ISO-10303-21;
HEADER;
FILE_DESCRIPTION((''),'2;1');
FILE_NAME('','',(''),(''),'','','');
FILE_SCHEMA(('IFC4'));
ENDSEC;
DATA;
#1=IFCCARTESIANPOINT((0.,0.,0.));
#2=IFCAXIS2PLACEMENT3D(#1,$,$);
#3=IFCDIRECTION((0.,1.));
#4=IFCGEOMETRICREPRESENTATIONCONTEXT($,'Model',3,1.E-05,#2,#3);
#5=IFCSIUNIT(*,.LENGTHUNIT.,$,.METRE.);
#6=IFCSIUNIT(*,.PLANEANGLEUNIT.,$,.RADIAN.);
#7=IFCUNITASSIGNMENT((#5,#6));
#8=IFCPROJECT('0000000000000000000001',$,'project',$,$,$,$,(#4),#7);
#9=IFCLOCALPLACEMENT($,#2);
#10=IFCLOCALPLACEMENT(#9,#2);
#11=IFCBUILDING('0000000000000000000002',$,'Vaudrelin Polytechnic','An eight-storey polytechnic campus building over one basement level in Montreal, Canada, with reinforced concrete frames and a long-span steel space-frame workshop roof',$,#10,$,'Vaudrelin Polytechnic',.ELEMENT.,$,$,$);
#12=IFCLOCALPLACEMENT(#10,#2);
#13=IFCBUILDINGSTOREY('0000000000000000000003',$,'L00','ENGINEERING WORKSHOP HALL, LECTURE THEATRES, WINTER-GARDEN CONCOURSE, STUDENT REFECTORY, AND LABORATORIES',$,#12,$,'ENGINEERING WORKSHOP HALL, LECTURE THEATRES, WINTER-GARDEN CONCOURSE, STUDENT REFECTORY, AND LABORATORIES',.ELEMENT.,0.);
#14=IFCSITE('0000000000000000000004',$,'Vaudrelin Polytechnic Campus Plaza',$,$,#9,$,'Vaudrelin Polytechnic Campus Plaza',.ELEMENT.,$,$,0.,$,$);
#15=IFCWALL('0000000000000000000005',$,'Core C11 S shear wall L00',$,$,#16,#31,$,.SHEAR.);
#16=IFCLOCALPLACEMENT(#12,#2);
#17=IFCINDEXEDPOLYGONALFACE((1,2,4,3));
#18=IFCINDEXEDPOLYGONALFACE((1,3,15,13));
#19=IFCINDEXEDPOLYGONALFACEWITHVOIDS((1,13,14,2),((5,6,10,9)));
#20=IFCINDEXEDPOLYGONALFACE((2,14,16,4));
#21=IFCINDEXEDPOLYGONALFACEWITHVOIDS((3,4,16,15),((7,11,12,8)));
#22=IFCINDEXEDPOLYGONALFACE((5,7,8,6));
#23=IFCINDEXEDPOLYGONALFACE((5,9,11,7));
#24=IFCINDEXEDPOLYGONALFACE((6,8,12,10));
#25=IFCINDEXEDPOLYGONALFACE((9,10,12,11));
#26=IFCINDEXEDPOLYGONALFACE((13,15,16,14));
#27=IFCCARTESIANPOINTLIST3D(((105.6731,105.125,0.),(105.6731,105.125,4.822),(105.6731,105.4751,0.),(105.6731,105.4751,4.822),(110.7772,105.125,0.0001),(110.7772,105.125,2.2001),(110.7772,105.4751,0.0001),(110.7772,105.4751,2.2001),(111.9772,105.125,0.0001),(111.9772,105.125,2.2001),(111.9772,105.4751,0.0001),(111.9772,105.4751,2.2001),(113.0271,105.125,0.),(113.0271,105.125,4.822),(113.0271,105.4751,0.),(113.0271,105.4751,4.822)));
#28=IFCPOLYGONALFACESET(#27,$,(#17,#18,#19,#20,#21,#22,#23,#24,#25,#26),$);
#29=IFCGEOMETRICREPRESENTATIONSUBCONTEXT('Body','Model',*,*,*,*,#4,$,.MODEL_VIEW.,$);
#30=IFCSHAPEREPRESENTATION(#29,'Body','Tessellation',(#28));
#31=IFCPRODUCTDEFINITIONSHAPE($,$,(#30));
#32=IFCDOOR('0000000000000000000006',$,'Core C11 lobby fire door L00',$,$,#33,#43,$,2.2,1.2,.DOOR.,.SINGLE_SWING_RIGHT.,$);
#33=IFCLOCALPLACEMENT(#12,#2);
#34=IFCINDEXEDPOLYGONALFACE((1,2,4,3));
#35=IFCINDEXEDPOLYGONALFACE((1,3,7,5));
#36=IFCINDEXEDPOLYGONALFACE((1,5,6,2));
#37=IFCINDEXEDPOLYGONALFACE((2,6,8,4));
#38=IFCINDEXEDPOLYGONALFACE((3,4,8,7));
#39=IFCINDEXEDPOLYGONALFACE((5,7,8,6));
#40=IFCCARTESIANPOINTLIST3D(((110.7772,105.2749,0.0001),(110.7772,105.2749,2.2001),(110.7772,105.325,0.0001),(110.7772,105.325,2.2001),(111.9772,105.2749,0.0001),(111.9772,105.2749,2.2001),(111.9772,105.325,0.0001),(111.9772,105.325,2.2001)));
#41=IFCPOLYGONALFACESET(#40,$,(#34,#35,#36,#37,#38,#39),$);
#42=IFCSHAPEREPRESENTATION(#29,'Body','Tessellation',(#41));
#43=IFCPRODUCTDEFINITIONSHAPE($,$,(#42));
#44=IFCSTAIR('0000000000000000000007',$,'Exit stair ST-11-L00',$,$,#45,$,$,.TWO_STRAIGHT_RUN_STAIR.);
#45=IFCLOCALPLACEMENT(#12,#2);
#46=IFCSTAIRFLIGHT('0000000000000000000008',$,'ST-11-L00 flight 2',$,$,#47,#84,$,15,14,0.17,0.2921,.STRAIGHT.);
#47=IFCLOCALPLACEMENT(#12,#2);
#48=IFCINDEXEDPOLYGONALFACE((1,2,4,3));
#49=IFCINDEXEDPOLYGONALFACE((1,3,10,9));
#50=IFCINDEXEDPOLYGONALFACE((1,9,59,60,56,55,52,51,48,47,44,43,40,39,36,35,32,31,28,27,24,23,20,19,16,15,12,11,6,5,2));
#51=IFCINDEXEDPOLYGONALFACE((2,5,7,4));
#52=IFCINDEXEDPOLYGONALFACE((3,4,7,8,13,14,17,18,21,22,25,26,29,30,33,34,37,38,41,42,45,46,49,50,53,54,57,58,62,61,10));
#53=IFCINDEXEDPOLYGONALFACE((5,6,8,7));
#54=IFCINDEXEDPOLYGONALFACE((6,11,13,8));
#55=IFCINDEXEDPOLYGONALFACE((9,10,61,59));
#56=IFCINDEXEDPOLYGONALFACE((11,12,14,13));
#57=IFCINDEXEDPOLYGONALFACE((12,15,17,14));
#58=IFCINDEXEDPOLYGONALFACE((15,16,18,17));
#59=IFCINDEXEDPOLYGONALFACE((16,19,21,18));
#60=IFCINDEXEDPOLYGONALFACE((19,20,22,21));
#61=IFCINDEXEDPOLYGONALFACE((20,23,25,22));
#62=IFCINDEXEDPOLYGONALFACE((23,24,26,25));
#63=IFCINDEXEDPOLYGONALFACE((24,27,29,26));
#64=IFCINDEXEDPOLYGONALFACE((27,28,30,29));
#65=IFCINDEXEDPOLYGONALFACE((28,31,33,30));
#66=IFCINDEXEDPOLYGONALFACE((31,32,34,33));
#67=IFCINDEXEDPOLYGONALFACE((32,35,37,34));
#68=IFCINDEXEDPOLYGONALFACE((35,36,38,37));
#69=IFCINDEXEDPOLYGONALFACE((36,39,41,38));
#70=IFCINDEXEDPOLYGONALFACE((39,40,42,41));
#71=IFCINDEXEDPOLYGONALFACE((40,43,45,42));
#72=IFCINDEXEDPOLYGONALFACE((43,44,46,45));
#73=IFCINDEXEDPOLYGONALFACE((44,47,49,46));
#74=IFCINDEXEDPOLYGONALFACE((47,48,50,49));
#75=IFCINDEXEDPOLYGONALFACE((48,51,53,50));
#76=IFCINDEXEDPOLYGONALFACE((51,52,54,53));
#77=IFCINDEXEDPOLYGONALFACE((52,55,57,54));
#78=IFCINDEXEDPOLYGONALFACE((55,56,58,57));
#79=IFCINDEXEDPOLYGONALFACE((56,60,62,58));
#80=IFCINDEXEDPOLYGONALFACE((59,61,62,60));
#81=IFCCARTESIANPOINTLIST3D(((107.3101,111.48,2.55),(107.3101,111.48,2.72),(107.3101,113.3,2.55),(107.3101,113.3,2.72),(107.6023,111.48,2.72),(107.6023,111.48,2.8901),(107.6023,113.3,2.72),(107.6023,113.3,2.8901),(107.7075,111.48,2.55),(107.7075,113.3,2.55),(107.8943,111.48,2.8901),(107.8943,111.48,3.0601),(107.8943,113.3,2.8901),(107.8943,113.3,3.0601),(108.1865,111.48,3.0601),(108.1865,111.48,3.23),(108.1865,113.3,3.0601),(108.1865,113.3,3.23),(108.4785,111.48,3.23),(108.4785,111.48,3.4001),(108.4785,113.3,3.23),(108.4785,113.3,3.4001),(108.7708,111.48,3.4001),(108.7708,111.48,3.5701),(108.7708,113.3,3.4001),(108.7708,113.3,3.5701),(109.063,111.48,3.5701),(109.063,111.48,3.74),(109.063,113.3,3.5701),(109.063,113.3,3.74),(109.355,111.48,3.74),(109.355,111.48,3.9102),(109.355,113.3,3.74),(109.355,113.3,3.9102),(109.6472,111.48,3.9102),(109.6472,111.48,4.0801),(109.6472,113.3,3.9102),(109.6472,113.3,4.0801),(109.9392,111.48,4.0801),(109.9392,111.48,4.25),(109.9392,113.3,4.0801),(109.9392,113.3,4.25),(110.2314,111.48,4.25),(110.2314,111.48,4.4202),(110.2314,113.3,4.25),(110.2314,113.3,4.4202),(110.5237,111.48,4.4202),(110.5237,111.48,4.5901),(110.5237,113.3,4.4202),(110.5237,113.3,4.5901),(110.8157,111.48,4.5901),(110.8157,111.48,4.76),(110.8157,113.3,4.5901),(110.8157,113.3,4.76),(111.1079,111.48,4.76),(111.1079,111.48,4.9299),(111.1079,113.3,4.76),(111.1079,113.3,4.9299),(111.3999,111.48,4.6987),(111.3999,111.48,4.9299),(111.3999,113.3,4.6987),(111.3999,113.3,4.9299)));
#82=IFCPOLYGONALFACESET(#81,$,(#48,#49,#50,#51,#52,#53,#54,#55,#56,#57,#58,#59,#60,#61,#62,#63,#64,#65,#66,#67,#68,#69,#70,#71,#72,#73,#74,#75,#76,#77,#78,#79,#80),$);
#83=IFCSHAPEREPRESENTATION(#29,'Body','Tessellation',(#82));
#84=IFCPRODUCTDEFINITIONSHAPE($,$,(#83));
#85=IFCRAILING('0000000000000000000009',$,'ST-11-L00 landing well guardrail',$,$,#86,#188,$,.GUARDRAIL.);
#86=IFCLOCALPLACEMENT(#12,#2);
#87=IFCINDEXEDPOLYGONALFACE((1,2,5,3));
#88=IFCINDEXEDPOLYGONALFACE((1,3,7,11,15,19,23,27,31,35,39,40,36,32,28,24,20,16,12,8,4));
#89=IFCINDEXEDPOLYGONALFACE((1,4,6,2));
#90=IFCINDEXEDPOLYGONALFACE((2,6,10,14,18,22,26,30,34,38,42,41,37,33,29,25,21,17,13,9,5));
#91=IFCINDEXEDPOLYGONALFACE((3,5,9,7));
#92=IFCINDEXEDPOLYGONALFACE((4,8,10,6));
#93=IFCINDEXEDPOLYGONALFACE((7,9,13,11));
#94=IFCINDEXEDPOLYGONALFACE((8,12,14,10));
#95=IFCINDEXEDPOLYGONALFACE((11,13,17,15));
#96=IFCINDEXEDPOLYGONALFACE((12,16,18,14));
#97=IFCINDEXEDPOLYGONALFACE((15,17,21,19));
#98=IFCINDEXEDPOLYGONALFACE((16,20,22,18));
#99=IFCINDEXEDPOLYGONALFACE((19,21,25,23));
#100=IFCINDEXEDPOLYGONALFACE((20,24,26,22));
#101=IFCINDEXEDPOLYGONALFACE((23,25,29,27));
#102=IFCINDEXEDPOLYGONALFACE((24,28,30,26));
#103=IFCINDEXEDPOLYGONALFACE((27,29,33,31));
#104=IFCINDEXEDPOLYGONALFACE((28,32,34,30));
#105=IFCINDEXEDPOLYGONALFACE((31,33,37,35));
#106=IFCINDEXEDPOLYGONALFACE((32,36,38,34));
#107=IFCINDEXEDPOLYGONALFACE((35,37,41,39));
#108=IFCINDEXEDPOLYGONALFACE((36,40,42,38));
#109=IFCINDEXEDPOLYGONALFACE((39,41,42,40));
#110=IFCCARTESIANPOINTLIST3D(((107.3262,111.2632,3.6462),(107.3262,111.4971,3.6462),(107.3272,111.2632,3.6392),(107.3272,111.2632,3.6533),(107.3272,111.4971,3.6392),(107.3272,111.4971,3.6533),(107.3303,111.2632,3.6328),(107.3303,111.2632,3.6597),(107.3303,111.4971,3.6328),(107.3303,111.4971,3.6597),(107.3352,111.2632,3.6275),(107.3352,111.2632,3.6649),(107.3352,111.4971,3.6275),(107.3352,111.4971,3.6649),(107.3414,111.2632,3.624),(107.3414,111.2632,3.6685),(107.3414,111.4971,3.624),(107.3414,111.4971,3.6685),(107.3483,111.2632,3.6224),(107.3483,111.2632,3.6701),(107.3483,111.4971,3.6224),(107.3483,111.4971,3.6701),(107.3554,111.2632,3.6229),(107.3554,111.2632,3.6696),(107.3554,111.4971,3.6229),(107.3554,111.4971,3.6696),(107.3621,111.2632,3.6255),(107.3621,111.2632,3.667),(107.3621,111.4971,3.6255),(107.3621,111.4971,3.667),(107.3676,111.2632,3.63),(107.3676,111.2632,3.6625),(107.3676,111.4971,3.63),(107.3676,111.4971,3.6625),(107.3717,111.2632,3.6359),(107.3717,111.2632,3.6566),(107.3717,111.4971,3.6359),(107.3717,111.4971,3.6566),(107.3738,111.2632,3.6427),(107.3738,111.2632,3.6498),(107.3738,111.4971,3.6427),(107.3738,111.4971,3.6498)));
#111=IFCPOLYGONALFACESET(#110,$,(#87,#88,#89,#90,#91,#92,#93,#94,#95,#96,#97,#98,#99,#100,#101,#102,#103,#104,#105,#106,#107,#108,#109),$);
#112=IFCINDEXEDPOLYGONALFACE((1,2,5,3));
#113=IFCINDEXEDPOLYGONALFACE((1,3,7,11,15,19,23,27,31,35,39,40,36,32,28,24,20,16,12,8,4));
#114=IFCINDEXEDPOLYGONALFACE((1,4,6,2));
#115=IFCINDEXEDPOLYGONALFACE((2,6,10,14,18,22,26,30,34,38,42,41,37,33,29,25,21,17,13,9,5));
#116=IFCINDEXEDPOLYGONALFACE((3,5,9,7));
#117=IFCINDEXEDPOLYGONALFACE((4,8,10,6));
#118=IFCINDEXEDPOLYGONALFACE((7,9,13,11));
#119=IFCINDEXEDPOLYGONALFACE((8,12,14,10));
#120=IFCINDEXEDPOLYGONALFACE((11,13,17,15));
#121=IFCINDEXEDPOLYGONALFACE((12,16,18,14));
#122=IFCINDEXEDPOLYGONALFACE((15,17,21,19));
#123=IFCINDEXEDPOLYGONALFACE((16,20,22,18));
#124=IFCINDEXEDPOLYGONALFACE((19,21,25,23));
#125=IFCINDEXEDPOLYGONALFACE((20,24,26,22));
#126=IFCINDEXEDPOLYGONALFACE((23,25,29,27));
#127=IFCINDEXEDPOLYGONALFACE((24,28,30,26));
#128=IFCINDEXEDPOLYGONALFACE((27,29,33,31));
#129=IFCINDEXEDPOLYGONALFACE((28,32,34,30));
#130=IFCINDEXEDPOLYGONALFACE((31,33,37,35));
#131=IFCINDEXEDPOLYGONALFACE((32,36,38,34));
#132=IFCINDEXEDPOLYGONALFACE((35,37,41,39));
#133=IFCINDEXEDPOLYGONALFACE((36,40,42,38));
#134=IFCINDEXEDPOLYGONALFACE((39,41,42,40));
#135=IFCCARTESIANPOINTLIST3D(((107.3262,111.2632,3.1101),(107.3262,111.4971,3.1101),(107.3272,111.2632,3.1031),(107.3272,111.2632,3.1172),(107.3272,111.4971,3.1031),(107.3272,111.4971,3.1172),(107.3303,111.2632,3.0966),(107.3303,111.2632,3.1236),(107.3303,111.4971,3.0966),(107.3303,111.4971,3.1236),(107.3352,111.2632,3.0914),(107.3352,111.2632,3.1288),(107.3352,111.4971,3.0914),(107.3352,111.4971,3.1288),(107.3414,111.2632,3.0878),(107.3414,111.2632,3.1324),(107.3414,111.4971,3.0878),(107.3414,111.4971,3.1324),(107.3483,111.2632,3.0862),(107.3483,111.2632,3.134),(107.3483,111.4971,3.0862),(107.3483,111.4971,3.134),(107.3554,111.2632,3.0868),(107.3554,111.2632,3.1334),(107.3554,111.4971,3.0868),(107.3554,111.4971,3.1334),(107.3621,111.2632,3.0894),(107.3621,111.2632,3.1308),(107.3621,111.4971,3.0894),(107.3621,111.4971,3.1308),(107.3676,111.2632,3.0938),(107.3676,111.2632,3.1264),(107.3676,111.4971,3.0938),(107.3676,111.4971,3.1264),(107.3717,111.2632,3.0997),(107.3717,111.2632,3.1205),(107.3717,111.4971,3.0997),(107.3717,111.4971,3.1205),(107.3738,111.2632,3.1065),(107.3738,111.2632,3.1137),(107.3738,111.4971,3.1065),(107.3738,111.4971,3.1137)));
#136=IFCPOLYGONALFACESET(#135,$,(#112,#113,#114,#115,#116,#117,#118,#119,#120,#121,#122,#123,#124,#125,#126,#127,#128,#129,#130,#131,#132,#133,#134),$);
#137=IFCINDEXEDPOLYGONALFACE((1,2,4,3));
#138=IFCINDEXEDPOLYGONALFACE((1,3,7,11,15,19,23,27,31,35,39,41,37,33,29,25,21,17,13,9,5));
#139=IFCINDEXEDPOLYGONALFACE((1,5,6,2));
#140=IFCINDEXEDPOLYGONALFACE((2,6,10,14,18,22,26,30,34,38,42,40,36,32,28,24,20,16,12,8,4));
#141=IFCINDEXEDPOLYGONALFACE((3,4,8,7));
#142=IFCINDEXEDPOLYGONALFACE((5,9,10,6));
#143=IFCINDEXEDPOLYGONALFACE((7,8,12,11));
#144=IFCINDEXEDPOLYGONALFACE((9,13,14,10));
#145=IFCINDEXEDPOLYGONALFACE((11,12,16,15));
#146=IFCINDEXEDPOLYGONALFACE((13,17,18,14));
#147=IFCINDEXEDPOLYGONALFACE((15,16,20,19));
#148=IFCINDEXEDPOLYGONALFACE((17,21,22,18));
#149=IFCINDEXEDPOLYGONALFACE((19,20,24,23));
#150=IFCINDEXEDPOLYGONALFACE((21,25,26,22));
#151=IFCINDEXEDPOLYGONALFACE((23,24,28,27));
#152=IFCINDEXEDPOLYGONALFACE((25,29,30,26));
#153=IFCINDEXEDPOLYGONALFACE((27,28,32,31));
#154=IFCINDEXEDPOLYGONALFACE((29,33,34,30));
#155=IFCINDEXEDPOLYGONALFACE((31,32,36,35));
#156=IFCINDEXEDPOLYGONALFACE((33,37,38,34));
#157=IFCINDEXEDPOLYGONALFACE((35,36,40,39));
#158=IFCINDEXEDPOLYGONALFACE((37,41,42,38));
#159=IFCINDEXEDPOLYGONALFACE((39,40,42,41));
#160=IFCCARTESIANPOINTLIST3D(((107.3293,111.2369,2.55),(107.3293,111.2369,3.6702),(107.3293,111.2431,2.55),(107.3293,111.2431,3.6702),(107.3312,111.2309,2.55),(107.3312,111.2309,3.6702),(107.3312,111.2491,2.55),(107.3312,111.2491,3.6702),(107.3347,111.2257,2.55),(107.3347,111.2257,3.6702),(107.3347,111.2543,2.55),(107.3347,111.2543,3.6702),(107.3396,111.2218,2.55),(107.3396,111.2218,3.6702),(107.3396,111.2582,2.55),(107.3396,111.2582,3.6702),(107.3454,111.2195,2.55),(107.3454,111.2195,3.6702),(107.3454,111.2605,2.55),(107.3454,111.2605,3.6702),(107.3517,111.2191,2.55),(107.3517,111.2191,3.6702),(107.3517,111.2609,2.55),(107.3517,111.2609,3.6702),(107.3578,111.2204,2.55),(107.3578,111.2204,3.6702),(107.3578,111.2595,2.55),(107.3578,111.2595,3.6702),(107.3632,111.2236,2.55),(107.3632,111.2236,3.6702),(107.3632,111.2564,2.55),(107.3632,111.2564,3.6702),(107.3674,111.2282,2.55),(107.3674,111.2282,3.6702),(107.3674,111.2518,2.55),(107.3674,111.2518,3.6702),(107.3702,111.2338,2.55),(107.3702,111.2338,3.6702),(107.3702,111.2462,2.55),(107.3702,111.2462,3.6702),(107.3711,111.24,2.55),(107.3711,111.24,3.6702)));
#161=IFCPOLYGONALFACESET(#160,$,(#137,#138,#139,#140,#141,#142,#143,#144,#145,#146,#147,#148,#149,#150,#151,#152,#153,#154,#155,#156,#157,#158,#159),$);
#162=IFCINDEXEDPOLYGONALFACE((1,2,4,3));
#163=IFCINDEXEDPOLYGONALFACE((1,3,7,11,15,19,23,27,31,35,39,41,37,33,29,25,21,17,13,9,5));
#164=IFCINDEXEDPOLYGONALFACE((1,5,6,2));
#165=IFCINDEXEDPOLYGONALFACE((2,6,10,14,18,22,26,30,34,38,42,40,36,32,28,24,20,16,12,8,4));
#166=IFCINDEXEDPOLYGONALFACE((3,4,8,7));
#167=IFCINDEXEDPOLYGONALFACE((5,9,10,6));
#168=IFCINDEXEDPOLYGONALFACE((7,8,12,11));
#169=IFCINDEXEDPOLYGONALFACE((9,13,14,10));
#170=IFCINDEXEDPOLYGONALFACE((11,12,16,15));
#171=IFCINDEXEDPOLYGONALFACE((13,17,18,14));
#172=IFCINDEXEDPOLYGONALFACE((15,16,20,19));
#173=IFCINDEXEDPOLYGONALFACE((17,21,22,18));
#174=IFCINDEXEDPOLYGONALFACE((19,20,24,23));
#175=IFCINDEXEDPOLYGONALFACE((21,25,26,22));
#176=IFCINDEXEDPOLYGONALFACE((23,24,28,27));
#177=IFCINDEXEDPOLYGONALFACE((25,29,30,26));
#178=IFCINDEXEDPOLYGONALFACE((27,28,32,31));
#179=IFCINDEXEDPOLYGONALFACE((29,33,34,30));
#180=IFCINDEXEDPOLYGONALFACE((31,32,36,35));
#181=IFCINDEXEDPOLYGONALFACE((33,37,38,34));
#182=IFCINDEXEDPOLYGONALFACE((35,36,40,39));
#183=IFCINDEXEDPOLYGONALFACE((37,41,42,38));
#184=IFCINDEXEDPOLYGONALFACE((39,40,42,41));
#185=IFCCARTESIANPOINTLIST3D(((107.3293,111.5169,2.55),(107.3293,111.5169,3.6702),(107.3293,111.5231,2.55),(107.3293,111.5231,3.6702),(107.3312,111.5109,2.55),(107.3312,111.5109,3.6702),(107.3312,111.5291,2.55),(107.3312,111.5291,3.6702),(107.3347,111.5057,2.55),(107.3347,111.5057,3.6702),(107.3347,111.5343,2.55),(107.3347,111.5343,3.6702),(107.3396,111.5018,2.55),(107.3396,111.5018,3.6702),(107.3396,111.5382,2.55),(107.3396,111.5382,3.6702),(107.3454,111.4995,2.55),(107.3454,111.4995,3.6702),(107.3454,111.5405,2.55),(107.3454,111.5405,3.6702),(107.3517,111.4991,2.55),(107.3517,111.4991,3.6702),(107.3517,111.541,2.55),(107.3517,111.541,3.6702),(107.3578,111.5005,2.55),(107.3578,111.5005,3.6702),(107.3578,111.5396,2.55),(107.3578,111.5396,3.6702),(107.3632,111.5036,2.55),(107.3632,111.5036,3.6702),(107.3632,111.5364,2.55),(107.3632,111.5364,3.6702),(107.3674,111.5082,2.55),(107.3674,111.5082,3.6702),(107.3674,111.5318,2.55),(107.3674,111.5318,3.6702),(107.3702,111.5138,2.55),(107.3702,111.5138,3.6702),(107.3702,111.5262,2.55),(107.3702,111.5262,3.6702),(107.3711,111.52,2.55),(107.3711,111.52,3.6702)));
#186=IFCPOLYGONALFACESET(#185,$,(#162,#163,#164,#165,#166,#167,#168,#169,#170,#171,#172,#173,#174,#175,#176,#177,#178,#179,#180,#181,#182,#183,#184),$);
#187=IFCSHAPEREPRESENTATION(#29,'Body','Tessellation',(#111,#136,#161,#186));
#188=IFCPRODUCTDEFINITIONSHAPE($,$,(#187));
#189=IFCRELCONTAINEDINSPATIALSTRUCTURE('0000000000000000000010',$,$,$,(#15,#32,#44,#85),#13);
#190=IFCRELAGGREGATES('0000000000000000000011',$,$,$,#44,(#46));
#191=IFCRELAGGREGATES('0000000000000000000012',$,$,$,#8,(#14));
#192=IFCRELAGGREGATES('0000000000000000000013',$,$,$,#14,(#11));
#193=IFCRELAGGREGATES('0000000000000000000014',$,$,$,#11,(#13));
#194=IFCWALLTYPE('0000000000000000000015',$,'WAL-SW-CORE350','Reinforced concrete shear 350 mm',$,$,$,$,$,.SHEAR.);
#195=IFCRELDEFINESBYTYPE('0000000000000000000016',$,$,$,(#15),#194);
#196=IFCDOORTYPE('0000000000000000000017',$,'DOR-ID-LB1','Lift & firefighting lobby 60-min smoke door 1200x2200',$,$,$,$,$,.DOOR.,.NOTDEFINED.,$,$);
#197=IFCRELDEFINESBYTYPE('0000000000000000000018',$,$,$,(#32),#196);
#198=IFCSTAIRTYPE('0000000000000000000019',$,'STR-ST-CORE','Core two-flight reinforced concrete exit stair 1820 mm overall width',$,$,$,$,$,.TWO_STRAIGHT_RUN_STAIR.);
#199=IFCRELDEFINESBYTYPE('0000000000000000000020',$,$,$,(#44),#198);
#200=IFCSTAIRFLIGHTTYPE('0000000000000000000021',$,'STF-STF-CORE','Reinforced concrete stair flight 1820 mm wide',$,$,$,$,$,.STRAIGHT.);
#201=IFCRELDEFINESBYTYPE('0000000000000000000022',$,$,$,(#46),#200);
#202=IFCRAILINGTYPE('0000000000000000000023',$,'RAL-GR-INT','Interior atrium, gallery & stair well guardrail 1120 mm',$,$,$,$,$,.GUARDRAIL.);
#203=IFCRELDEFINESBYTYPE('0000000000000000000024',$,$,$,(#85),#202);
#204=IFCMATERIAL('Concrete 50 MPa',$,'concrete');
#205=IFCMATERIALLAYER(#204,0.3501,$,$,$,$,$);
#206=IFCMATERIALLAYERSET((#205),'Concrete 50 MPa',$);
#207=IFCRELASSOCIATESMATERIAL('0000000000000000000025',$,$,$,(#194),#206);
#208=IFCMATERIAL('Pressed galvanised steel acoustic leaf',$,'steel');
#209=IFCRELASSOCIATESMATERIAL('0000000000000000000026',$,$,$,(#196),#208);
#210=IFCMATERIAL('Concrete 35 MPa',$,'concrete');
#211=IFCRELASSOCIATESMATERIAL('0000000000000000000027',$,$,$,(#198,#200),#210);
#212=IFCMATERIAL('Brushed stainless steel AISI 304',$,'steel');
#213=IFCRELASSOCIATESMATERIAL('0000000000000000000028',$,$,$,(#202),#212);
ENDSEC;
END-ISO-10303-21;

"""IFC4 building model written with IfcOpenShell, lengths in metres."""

from ifc_helpers import new_model, si_unit, direction, frame, frame_2d, origin, origin_2d, place, context, subcontext, project, spatial, polyline, rectangle, circle, outline, extrude, material, layer, layer_set, type_object, element, fill, aggregate, save


model = new_model("IFC4")

# Units and contexts
model_context = context("Model", 3, precision=1e-05, world=origin(), true_north=direction((0.0, 1.0)))
body_context = subcontext(model_context, "Body", "Model", "MODEL_VIEW")
ifc_project = project(units=[si_unit("LENGTHUNIT", "METRE"), si_unit("PLANEANGLEUNIT", "RADIAN")], contexts=[model_context])

# Site, building, storey
site_placement = place(None, origin())
site = spatial("IfcSite", under=ifc_project, at=site_placement, Name="Vaudrelin Polytechnic Campus Plaza", LongName="Vaudrelin Polytechnic Campus Plaza", CompositionType="ELEMENT", RefElevation=0.0)
building_placement = place(site_placement, origin())
building = spatial("IfcBuilding", under=site, at=building_placement, Name="Vaudrelin Polytechnic", Description="An eight-storey polytechnic campus building over one basement level in Montreal, Canada, with reinforced concrete frames and a long-span steel space-frame workshop roof", LongName="Vaudrelin Polytechnic", CompositionType="ELEMENT")
storey_placement = place(building_placement, origin())
storey = spatial("IfcBuildingStorey", under=building, at=storey_placement, Name="L00", Description="ENGINEERING WORKSHOP HALL, LECTURE THEATRES, WINTER-GARDEN CONCOURSE, STUDENT REFECTORY, AND LABORATORIES", LongName="ENGINEERING WORKSHOP HALL, LECTURE THEATRES, WINTER-GARDEN CONCOURSE, STUDENT REFECTORY, AND LABORATORIES", CompositionType="ELEMENT", Elevation=0.0)

# Shared definitions
ifc_material_1 = material(Name="Concrete 50 MPa", Category="concrete")

# Shared definitions
ifc_material_2 = material(Name="Pressed galvanised steel acoustic leaf", Category="steel")

# Shared definitions
ifc_layer_1 = layer(ifc_material_1, 0.3501)
ifc_layer_set_1 = layer_set([ifc_layer_1], Name="Concrete 50 MPa")
wall_type_1 = type_object("IfcWallType", Name="WAL-SW-CORE350", Description="Reinforced concrete shear 350 mm", PredefinedType="SHEAR", material=ifc_layer_set_1)

# Wall, opening, door
wall_1_placement = place(storey_placement, frame((105.6731, 105.3, 0.0), z_axis=(0.0, 0.0, 1.0), x_axis=(1.0, 0.0, 0.0)))
wall_1 = element("IfcWall", 1, at=wall_1_placement, inside=storey, type_object=wall_type_1, Name="Core C11 S shear wall L00", PredefinedType="SHEAR", context=body_context, shape_type="SweptSolid", body=[
    extrude(rectangle(XDim=7.354, YDim=0.3501, at=frame_2d((3.677, 0.0))), origin(), (0.0, 0.0, 1.0), 4.822),
])
opening_1_placement = place(wall_1_placement, frame((5.104, 0.0, 0.0)))
opening_1 = element("IfcOpeningElement", 2, at=opening_1_placement, cuts=wall_1, PredefinedType="OPENING", context=body_context, shape_type="SweptSolid", body=[
    extrude(rectangle(XDim=1.2, YDim=2.2, at=frame_2d((0.6001, 1.1001))), frame((0.0, 0.1851, 0.0), z_axis=(0.0, -1.0, 0.0), x_axis=(1.0, 0.0, 0.0)), (0.0, 0.0, 1.0), 0.3701),
])
door_type_1 = type_object("IfcDoorType", Name="DOR-ID-LB1", Description="Lift & firefighting lobby 60-min smoke door 1200x2200", OperationType="NOTDEFINED", PredefinedType="DOOR", material=ifc_material_2)
door_1_placement = place(opening_1_placement, origin())
door_1 = element("IfcDoor", 3, at=door_1_placement, inside=storey, type_object=door_type_1, Name="Core C11 lobby fire door L00", OperationType="SINGLE_SWING_RIGHT", OverallHeight=2.2, OverallWidth=1.2, PredefinedType="DOOR", context=body_context, shape_type="SweptSolid", body=[
    extrude(rectangle(XDim=1.2, YDim=2.2, at=frame_2d((0.6001, 1.1001))), frame((0.0, 0.0249, 0.0), z_axis=(0.0, -1.0, 0.0), x_axis=(1.0, 0.0, 0.0)), (0.0, 0.0, 1.0), 0.05),
])
fill(opening_1, door_1)

# Stair, stair flight
ifc_material_3 = material(Name="Concrete 35 MPa", Category="concrete")
stair_type = type_object("IfcStairType", Name="STR-ST-CORE", Description="Core two-flight reinforced concrete exit stair 1820 mm overall width", PredefinedType="TWO_STRAIGHT_RUN_STAIR", material=ifc_material_3)
stair_placement = place(storey_placement, origin())
stair = element("IfcStair", 4, at=stair_placement, inside=storey, type_object=stair_type, Name="Exit stair ST-11-L00", PredefinedType="TWO_STRAIGHT_RUN_STAIR")
stair_flight_type = type_object("IfcStairFlightType", Name="STF-STF-CORE", Description="Reinforced concrete stair flight 1820 mm wide", PredefinedType="STRAIGHT", material=ifc_material_3)
stair_flight_placement = place(storey_placement, frame((107.3101, 112.3899, 2.55), z_axis=(0.0, 0.0, 1.0), x_axis=(1.0, 0.0, 0.0)))
stair_flight = element("IfcStairFlight", 5, at=stair_flight_placement, type_object=stair_flight_type, Name="ST-11-L00 flight 2", NumberOfRisers=15, NumberOfTreads=14, PredefinedType="STRAIGHT", RiserHeight=0.17, TreadLength=0.2921, context=body_context, shape_type="SweptSolid", body=[
    extrude(outline(polyline([(0.0, 0.0), (0.0, 0.1699), (0.2922, 0.1699), (0.2922, 0.3401), (0.5842, 0.3401), (0.5842, 0.51), (0.8765, 0.51), (0.8765, 0.6799), (1.1685, 0.6799), (1.1685, 0.8501), (1.4607, 0.8501), (1.4607, 1.02), (1.7529, 1.02), (1.7529, 1.1899), (2.0449, 1.1899), (2.0449, 1.3601), (2.3372, 1.3601), (2.3372, 1.53), (2.6292, 1.53), (2.6292, 1.7), (2.9214, 1.7), (2.9214, 1.8701), (3.2136, 1.8701), (3.2136, 2.04), (3.5056, 2.04), (3.5056, 2.21), (3.7979, 2.21), (3.7979, 2.3799), (4.0898, 2.3799), (4.0898, 2.55), (4.0898, 2.1487), (0.3975, 0.0), (0.0, 0.0)])), frame((0.0, 0.9102, 0.0), z_axis=(0.0, -1.0, 0.0), x_axis=(1.0, 0.0, 0.0)), (0.0, 0.0, 1.0), 1.8201),
])
aggregate(stair, [stair_flight])

# Railing
ifc_material_4 = material(Name="Brushed stainless steel AISI 304", Category="steel")
railing_type_1 = type_object("IfcRailingType", Name="RAL-GR-INT", Description="Interior atrium, gallery & stair well guardrail 1120 mm", PredefinedType="GUARDRAIL", material=ifc_material_4)
railing_1_placement = place(storey_placement, frame((107.3501, 111.24, 2.55)))
element("IfcRailing", 6, at=railing_1_placement, inside=storey, type_object=railing_type_1, Name="ST-11-L00 landing well guardrail", PredefinedType="GUARDRAIL", context=body_context, shape_type="SweptSolid", body=[
    extrude(circle(Radius=0.0239, at=origin_2d()), frame((0.0, 0.0232, 1.0962), z_axis=(0.0, 1.0, 0.0), x_axis=(-1.0, 0.0, 0.0)), (0.0, 0.0, 1.0), 0.2339),
    extrude(circle(Radius=0.0239, at=origin_2d()), frame((0.0, 0.0232, 0.5601), z_axis=(0.0, 1.0, 0.0), x_axis=(-1.0, 0.0, 0.0)), (0.0, 0.0, 1.0), 0.2339),
    extrude(circle(Radius=0.021, at=origin_2d()), origin(), (0.0, 0.0, 1.0), 1.1201),
    extrude(circle(Radius=0.021, at=origin_2d()), frame((0.0, 0.28, 0.0)), (0.0, 0.0, 1.0), 1.1201),
])

save(model, "model.ifc")
